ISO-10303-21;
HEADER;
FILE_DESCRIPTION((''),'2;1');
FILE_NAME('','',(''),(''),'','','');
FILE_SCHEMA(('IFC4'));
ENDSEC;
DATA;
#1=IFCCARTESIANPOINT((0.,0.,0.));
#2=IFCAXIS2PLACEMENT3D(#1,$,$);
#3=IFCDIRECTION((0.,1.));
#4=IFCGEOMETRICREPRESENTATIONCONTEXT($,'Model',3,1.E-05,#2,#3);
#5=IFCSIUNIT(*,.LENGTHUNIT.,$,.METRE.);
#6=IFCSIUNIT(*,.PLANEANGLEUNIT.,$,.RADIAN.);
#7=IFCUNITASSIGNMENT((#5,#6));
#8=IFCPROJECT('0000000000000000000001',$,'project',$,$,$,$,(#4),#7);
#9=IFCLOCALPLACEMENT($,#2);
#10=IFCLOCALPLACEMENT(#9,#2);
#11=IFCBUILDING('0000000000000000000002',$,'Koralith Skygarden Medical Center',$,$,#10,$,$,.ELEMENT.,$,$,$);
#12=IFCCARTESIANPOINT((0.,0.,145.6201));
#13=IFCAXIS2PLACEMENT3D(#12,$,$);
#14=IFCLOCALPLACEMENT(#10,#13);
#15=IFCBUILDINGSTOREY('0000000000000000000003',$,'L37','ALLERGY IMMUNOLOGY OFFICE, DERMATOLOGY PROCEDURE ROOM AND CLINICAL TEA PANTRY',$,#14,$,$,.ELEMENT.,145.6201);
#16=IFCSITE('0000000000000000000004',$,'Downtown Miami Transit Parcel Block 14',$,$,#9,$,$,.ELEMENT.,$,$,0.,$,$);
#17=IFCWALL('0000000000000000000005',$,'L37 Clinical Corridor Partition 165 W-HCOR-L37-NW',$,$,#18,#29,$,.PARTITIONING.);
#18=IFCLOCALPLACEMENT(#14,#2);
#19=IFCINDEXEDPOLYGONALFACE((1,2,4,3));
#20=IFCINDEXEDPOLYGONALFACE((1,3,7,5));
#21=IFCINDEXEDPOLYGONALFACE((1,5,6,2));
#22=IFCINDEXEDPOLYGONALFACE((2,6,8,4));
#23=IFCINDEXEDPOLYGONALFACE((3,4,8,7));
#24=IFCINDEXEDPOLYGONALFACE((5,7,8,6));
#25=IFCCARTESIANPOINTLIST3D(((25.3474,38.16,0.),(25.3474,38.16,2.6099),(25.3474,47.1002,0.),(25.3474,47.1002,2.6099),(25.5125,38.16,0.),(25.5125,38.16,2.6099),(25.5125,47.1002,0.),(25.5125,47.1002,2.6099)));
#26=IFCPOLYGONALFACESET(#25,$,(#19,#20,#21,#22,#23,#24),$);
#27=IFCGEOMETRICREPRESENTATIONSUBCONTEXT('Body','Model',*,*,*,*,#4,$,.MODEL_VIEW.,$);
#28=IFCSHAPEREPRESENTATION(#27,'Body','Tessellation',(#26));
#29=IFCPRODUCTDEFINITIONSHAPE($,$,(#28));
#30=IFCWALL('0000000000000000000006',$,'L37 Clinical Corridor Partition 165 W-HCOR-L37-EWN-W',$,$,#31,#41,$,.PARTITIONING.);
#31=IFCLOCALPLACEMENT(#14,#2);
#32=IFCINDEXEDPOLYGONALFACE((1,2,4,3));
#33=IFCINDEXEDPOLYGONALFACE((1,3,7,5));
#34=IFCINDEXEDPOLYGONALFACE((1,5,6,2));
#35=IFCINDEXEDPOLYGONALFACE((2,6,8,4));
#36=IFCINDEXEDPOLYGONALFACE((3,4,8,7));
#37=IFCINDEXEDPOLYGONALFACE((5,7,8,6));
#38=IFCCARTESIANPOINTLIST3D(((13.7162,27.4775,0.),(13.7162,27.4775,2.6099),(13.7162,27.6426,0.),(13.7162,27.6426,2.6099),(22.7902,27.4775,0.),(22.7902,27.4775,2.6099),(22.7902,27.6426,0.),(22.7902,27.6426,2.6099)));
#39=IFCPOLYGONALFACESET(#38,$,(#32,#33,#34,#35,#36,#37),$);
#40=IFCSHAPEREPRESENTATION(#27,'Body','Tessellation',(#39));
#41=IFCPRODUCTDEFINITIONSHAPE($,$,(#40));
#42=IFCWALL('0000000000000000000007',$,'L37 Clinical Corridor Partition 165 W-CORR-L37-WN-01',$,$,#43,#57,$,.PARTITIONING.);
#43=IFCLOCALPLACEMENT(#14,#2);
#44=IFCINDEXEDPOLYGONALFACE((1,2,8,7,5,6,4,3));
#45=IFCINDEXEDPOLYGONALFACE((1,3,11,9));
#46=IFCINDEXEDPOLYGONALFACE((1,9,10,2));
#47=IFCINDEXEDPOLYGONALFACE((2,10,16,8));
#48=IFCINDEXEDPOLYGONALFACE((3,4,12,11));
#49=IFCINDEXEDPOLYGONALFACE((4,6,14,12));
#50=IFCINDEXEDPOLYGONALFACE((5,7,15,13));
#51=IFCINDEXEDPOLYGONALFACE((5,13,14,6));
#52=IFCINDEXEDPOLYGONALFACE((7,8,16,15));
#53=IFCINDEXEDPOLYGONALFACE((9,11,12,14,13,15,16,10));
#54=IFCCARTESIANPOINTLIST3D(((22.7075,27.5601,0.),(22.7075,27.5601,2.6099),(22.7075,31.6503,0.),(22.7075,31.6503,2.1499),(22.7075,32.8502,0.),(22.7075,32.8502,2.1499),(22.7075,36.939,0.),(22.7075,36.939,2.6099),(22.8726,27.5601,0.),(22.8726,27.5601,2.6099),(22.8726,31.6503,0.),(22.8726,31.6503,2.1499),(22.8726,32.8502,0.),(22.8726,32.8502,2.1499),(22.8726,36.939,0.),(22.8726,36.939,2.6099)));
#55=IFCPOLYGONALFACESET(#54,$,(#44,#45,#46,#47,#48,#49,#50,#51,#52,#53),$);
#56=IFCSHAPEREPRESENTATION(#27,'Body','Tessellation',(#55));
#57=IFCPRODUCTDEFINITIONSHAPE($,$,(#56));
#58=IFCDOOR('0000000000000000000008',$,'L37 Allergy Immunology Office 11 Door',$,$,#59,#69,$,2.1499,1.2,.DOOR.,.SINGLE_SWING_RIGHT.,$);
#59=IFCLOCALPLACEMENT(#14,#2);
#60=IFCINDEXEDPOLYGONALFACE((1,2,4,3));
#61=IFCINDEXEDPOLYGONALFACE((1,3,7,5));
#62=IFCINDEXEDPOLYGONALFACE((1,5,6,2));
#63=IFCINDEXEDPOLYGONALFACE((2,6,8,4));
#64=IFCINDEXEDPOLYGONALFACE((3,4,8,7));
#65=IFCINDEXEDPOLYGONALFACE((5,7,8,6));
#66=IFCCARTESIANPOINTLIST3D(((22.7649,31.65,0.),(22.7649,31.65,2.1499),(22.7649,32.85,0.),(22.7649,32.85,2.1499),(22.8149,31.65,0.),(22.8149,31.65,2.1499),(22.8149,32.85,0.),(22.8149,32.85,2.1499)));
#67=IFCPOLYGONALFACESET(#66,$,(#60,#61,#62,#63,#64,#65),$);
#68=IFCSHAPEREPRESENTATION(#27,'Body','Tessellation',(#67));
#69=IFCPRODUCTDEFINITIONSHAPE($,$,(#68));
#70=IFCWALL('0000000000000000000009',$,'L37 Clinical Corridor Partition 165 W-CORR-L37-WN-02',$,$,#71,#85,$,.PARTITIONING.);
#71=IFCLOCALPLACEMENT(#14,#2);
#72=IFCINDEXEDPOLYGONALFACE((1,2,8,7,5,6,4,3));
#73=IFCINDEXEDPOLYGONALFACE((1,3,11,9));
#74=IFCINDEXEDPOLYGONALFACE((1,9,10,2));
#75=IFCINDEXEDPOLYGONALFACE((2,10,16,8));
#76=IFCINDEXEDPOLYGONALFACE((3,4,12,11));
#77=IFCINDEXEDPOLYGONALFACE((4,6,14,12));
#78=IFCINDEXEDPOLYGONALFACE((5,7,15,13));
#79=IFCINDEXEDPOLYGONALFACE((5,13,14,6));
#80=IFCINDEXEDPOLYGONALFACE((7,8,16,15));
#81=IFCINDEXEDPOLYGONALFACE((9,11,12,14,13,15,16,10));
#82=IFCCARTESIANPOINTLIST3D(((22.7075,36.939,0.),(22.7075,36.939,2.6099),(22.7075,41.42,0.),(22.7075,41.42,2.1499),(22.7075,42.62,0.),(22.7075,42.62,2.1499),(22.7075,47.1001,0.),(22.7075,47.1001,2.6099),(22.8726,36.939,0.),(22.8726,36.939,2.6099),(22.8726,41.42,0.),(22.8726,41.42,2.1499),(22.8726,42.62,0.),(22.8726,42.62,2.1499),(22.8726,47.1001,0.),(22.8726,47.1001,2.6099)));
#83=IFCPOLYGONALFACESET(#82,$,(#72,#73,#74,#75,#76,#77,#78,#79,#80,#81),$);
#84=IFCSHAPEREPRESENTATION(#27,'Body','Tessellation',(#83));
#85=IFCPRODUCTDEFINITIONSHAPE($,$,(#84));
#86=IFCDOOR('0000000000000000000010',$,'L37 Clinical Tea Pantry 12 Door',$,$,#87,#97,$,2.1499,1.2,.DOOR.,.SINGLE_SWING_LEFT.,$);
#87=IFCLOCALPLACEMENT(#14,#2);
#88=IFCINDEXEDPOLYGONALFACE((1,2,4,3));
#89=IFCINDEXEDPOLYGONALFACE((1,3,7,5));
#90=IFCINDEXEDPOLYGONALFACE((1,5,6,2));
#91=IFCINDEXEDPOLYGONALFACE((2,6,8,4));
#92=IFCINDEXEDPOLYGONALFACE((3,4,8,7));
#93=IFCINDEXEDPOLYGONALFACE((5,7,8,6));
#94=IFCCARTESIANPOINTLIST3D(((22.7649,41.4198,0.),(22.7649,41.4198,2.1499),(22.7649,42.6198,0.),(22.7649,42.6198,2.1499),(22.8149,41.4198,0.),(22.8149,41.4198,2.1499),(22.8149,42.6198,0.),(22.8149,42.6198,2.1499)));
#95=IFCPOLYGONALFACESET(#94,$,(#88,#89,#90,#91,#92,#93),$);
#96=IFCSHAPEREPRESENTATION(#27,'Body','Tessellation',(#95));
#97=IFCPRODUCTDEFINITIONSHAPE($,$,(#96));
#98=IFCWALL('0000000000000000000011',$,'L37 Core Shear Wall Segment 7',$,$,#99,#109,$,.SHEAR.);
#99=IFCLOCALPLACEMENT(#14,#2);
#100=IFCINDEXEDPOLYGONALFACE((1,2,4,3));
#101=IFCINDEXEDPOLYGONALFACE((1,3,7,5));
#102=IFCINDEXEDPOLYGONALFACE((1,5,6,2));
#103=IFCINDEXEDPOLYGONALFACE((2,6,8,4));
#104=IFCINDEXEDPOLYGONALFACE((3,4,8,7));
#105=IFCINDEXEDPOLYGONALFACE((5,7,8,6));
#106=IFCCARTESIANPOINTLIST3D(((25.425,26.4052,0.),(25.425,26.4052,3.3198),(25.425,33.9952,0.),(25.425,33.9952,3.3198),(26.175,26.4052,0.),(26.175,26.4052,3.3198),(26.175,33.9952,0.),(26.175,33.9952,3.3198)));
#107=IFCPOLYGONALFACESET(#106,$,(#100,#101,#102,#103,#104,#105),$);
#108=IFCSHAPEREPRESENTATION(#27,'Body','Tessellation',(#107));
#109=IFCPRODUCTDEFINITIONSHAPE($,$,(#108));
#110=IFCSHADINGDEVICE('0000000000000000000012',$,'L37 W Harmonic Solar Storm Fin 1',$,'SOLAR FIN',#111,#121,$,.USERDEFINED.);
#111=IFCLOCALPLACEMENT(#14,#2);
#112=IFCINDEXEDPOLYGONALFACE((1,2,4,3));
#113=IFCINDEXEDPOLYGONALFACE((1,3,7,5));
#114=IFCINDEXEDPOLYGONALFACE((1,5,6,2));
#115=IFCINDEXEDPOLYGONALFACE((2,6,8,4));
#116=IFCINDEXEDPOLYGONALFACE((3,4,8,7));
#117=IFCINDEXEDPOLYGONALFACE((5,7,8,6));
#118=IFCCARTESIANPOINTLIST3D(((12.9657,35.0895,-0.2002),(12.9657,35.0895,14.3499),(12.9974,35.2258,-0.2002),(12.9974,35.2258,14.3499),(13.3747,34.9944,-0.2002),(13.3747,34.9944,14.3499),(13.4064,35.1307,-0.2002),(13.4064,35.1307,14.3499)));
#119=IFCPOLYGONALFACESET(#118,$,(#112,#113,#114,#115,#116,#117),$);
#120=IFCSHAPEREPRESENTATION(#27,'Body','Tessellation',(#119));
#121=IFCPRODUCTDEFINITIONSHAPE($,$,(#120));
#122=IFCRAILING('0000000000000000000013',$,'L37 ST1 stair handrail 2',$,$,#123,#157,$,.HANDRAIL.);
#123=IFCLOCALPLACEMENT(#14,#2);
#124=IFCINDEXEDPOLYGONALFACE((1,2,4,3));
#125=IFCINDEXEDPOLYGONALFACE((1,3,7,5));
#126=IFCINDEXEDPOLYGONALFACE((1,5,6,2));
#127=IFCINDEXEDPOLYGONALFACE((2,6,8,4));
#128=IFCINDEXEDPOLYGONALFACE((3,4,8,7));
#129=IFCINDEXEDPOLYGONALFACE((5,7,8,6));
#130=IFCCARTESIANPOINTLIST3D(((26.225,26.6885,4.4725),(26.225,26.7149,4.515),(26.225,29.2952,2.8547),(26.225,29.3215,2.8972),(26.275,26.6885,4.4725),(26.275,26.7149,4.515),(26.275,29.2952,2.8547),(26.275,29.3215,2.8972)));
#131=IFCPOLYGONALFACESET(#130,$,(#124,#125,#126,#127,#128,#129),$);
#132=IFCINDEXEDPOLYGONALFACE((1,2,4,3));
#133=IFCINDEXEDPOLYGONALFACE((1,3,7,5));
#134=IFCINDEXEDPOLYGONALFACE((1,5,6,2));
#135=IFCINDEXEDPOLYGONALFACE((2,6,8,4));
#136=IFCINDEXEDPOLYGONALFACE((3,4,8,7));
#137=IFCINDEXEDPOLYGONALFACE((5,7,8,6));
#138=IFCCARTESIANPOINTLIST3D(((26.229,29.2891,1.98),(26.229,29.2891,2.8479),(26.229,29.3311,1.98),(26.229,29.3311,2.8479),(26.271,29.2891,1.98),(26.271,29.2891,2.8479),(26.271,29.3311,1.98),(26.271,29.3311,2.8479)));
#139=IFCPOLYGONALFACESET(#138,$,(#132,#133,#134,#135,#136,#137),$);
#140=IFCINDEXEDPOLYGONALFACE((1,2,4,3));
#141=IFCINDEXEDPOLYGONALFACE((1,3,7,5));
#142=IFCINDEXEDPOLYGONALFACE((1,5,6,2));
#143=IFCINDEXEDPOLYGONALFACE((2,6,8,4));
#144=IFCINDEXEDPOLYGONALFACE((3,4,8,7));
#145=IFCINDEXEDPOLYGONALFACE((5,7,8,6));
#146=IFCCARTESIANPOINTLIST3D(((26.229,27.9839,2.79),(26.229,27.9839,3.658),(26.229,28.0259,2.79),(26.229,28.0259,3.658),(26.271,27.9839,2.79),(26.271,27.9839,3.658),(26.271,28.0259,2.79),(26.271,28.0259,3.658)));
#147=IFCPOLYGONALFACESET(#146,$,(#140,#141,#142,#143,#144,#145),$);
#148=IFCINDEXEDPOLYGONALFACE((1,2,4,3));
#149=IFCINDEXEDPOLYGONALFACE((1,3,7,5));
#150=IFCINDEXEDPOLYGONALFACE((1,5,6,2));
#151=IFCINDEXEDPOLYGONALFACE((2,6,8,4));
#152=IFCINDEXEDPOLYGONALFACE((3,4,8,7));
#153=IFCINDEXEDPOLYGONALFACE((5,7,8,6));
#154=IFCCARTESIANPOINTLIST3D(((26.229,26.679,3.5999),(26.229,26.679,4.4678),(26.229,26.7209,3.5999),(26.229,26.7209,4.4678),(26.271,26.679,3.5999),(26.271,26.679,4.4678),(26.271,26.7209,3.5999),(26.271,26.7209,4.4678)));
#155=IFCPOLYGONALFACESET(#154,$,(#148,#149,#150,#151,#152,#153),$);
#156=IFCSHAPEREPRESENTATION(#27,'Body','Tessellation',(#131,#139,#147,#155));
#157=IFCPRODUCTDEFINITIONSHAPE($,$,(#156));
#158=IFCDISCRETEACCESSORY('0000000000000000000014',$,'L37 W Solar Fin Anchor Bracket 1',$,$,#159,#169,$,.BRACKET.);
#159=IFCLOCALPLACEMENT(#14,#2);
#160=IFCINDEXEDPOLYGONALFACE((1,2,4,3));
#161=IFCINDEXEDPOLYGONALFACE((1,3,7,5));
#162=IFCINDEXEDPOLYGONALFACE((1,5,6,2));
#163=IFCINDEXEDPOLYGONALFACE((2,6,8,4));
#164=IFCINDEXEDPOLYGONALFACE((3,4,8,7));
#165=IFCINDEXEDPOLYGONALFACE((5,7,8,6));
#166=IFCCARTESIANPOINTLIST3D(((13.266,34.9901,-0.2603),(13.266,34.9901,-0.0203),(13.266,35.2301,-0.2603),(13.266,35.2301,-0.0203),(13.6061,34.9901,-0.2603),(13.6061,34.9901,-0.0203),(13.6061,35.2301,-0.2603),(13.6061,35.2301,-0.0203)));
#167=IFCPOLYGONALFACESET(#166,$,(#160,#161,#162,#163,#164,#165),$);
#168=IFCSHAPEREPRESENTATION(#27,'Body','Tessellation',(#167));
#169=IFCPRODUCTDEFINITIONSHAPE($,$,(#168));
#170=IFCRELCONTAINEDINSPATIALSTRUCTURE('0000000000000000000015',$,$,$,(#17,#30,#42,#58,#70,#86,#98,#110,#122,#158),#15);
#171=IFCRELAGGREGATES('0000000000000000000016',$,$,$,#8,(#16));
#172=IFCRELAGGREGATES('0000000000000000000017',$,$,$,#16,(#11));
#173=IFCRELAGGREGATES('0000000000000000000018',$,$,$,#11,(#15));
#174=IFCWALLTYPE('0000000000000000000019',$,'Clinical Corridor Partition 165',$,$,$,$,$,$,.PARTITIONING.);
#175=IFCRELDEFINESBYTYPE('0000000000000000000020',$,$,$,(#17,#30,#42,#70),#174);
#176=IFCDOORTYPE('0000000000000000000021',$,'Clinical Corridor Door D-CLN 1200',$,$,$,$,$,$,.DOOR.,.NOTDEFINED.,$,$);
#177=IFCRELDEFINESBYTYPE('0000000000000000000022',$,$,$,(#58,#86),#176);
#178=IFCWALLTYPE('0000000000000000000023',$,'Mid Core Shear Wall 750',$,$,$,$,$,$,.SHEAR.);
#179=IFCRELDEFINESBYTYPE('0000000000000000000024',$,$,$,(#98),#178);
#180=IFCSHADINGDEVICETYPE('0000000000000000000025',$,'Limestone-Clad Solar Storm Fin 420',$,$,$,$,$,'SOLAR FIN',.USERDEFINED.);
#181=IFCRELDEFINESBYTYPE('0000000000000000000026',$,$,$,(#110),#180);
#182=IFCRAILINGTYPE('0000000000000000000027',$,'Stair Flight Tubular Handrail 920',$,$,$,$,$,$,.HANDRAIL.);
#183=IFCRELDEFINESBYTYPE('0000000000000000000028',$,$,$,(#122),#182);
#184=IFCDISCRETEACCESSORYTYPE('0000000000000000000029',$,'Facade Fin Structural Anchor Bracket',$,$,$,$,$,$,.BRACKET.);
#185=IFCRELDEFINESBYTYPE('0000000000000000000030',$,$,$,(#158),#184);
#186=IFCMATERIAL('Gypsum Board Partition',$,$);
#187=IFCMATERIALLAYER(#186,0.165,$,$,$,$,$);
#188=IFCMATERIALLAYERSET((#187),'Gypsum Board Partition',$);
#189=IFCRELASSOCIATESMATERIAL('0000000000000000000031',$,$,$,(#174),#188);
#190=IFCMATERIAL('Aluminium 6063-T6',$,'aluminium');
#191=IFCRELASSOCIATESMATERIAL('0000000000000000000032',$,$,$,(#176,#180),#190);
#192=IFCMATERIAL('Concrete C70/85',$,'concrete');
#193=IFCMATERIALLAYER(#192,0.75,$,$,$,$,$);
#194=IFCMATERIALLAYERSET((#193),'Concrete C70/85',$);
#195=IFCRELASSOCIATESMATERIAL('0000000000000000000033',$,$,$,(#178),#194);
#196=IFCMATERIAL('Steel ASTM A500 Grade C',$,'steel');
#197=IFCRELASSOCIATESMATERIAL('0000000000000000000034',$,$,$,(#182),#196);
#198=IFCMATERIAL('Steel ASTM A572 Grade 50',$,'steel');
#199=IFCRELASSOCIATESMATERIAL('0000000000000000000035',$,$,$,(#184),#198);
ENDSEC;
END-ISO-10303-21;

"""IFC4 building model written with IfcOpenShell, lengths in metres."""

from ifc_helpers import new_model, si_unit, direction, frame, frame_2d, origin, origin_2d, place, context, subcontext, project, spatial, rectangle, extrude, material, layer, layer_set, type_object, element, fill, save


model = new_model("IFC4")

# Units and contexts
model_context = context("Model", 3, precision=1e-05, world=origin(), true_north=direction((0.0, 1.0)))
body_context = subcontext(model_context, "Body", "Model", "MODEL_VIEW")
ifc_project = project(units=[si_unit("LENGTHUNIT", "METRE"), si_unit("PLANEANGLEUNIT", "RADIAN")], contexts=[model_context])

# Site, building, storey
site_placement = place(None, origin())
site = spatial("IfcSite", under=ifc_project, at=site_placement, Name="Downtown Miami Transit Parcel Block 14", CompositionType="ELEMENT", RefElevation=0.0)
building_placement = place(site_placement, origin())
building = spatial("IfcBuilding", under=site, at=building_placement, Name="Koralith Skygarden Medical Center", CompositionType="ELEMENT")
storey_placement = place(building_placement, frame((0.0, 0.0, 145.6201)))
storey = spatial("IfcBuildingStorey", under=building, at=storey_placement, Name="L37", Description="ALLERGY IMMUNOLOGY OFFICE, DERMATOLOGY PROCEDURE ROOM AND CLINICAL TEA PANTRY", CompositionType="ELEMENT", Elevation=145.6201)

# Shared definitions
ifc_material_1 = material(Name="Concrete C70/85", Category="concrete")

# Shared definitions
ifc_material_2 = material(Name="Aluminium 6063-T6", Category="aluminium")

# Walls
ifc_material_3 = material(Name="Gypsum Board Partition")
ifc_layer_1 = layer(ifc_material_3, 0.165)
ifc_layer_set_1 = layer_set([ifc_layer_1], Name="Gypsum Board Partition")
wall_type_1 = type_object("IfcWallType", Name="Clinical Corridor Partition 165", PredefinedType="PARTITIONING", material=ifc_layer_set_1)
wall_1_placement = place(storey_placement, frame((25.4299, 38.1599, 0.0), z_axis=(0.0, 0.0, 1.0), x_axis=(0.0, 1.0, 0.0)))
element("IfcWall", 1, at=wall_1_placement, inside=storey, type_object=wall_type_1, Name="L37 Clinical Corridor Partition 165 W-HCOR-L37-NW", PredefinedType="PARTITIONING", context=body_context, shape_type="SweptSolid", body=[
    extrude(rectangle(XDim=8.9402, YDim=0.165, at=frame_2d((4.4702, 0.0))), origin(), (0.0, 0.0, 1.0), 2.6099),
])
wall_2_placement = place(storey_placement, frame((13.7161, 27.5601, 0.0), z_axis=(0.0, 0.0, 1.0), x_axis=(1.0, 0.0, 0.0)))
element("IfcWall", 2, at=wall_2_placement, inside=storey, type_object=wall_type_1, Name="L37 Clinical Corridor Partition 165 W-HCOR-L37-EWN-W", PredefinedType="PARTITIONING", context=body_context, shape_type="SweptSolid", body=[
    extrude(rectangle(XDim=9.074, YDim=0.165, at=frame_2d((4.5371, 0.0))), origin(), (0.0, 0.0, 1.0), 2.6099),
])

# Walls, openings, doors
wall_3_placement = place(storey_placement, frame((22.79, 27.5601, 0.0), z_axis=(0.0, 0.0, 1.0), x_axis=(0.0, 1.0, 0.0)))
wall_3 = element("IfcWall", 3, at=wall_3_placement, inside=storey, type_object=wall_type_1, Name="L37 Clinical Corridor Partition 165 W-CORR-L37-WN-01", PredefinedType="PARTITIONING", context=body_context, shape_type="SweptSolid", body=[
    extrude(rectangle(XDim=9.3789, YDim=0.165, at=frame_2d((4.6895, 0.0))), origin(), (0.0, 0.0, 1.0), 2.6099),
])
opening_1_placement = place(wall_3_placement, frame((4.0901, 0.0, 0.0)))
opening_1 = element("IfcOpeningElement", 4, at=opening_1_placement, cuts=wall_3, PredefinedType="OPENING", context=body_context, shape_type="SweptSolid", body=[
    extrude(rectangle(XDim=1.2, YDim=2.1499, at=frame_2d((0.6001, 1.075))), frame((0.0, 0.0925, 0.0), z_axis=(0.0, -1.0, 0.0), x_axis=(1.0, 0.0, 0.0)), (0.0, 0.0, 1.0), 0.1851),
])
door_type = type_object("IfcDoorType", Name="Clinical Corridor Door D-CLN 1200", OperationType="NOTDEFINED", PredefinedType="DOOR", material=ifc_material_2)
door_1_placement = place(opening_1_placement, frame((1.2, 0.0, 0.0), z_axis=(0.0, 0.0, 1.0), x_axis=(-1.0, 0.0, 0.0)))
door_1 = element("IfcDoor", 5, at=door_1_placement, inside=storey, type_object=door_type, Name="L37 Allergy Immunology Office 11 Door", OperationType="SINGLE_SWING_RIGHT", OverallHeight=2.1499, OverallWidth=1.2, PredefinedType="DOOR", context=body_context, shape_type="SweptSolid", body=[
    extrude(rectangle(XDim=1.2, YDim=2.1499, at=frame_2d((0.6001, 1.075))), frame((0.0, 0.0249, 0.0), z_axis=(0.0, -1.0, 0.0), x_axis=(1.0, 0.0, 0.0)), (0.0, 0.0, 1.0), 0.05),
])
fill(opening_1, door_1)
wall_4_placement = place(storey_placement, frame((22.79, 36.939, 0.0), z_axis=(0.0, 0.0, 1.0), x_axis=(0.0, 1.0, 0.0)))
wall_4 = element("IfcWall", 6, at=wall_4_placement, inside=storey, type_object=wall_type_1, Name="L37 Clinical Corridor Partition 165 W-CORR-L37-WN-02", PredefinedType="PARTITIONING", context=body_context, shape_type="SweptSolid", body=[
    extrude(rectangle(XDim=10.1611, YDim=0.165, at=frame_2d((5.0806, 0.0))), origin(), (0.0, 0.0, 1.0), 2.6099),
])
opening_2_placement = place(wall_4_placement, frame((4.481, 0.0, 0.0)))
opening_2 = element("IfcOpeningElement", 7, at=opening_2_placement, cuts=wall_4, PredefinedType="OPENING", context=body_context, shape_type="SweptSolid", body=[
    extrude(rectangle(XDim=1.2, YDim=2.1499, at=frame_2d((0.6001, 1.075))), frame((0.0, 0.0925, 0.0), z_axis=(0.0, -1.0, 0.0), x_axis=(1.0, 0.0, 0.0)), (0.0, 0.0, 1.0), 0.1851),
])
door_2_placement = place(opening_2_placement, frame((1.2, 0.0, 0.0), z_axis=(0.0, 0.0, 1.0), x_axis=(-1.0, 0.0, 0.0)))
door_2 = element("IfcDoor", 8, at=door_2_placement, inside=storey, type_object=door_type, Name="L37 Clinical Tea Pantry 12 Door", OperationType="SINGLE_SWING_LEFT", OverallHeight=2.1499, OverallWidth=1.2, PredefinedType="DOOR", context=body_context, shape_type="SweptSolid", body=[
    extrude(rectangle(XDim=1.2, YDim=2.1499, at=frame_2d((0.6001, 1.075))), frame((0.0, 0.0249, 0.0), z_axis=(0.0, -1.0, 0.0), x_axis=(1.0, 0.0, 0.0)), (0.0, 0.0, 1.0), 0.05),
])
fill(opening_2, door_2)

# Wall
ifc_layer_2 = layer(ifc_material_1, 0.75)
ifc_layer_set_2 = layer_set([ifc_layer_2], Name="Concrete C70/85")
wall_type_2 = type_object("IfcWallType", Name="Mid Core Shear Wall 750", PredefinedType="SHEAR", material=ifc_layer_set_2)
wall_5_placement = place(storey_placement, frame((25.8, 33.9951, 0.0), z_axis=(0.0, 0.0, 1.0), x_axis=(0.0, -1.0, 0.0)))
element("IfcWall", 9, at=wall_5_placement, inside=storey, type_object=wall_type_2, Name="L37 Core Shear Wall Segment 7", PredefinedType="SHEAR", context=body_context, shape_type="SweptSolid", body=[
    extrude(rectangle(XDim=7.5901, YDim=0.75, at=frame_2d((3.7949, 0.0))), origin(), (0.0, 0.0, 1.0), 3.3198),
])

# Shading device
shading_device_type = type_object("IfcShadingDeviceType", Name="Limestone-Clad Solar Storm Fin 420", ElementType="SOLAR FIN", PredefinedType="USERDEFINED", material=ifc_material_2)
shading_device_placement = place(storey_placement, frame((13.186, 35.1101, -0.2002), z_axis=(0.0, 0.0, 1.0), x_axis=(-0.974019, 0.226464, 0.0)))
element("IfcShadingDevice", 10, at=shading_device_placement, inside=storey, type_object=shading_device_type, Name="L37 W Harmonic Solar Storm Fin 1", ObjectType="SOLAR FIN", PredefinedType="USERDEFINED", context=body_context, shape_type="SweptSolid", body=[
    extrude(rectangle(XDim=0.4199, YDim=0.1399, at=origin_2d()), origin(), (0.0, 0.0, 1.0), 14.55),
])

# Railing
ifc_material_4 = material(Name="Steel ASTM A500 Grade C", Category="steel")
railing_type = type_object("IfcRailingType", Name="Stair Flight Tubular Handrail 920", PredefinedType="HANDRAIL", material=ifc_material_4)
railing_placement = place(storey_placement, frame((26.25, 29.3101, 1.98)))
element("IfcRailing", 11, at=railing_placement, inside=storey, type_object=railing_type, Name="L37 ST1 stair handrail 2", PredefinedType="HANDRAIL", context=body_context, shape_type="SweptSolid", body=[
    extrude(rectangle(XDim=0.05, YDim=0.05, at=origin_2d()), frame((0.0, -0.0017, 0.896), z_axis=(0.0, -0.849668, 0.527317), x_axis=(1.0, 0.0, 0.0)), (0.0, 0.0, 1.0), 3.0679),
    extrude(rectangle(XDim=0.042, YDim=0.042, at=origin_2d()), origin(), (0.0, 0.0, 1.0), 0.8679),
    extrude(rectangle(XDim=0.042, YDim=0.042, at=origin_2d()), frame((0.0, -1.3052, 0.8101)), (0.0, 0.0, 1.0), 0.8679),
    extrude(rectangle(XDim=0.042, YDim=0.042, at=origin_2d()), frame((0.0, -2.6101, 1.6199)), (0.0, 0.0, 1.0), 0.8679),
])

# Discrete accessory
ifc_material_5 = material(Name="Steel ASTM A572 Grade 50", Category="steel")
discrete_accessory_type = type_object("IfcDiscreteAccessoryType", Name="Facade Fin Structural Anchor Bracket", PredefinedType="BRACKET", material=ifc_material_5)
discrete_accessory_placement = place(storey_placement, frame((13.436, 35.1101, -0.2603), z_axis=(0.0, 0.0, 1.0), x_axis=(-1.0, 0.0, 0.0)))
element("IfcDiscreteAccessory", 12, at=discrete_accessory_placement, inside=storey, type_object=discrete_accessory_type, Name="L37 W Solar Fin Anchor Bracket 1", PredefinedType="BRACKET", context=body_context, shape_type="SweptSolid", body=[
    extrude(rectangle(XDim=0.3401, YDim=0.24, at=origin_2d()), origin(), (0.0, 0.0, 1.0), 0.24),
])

save(model, "model.ifc")
